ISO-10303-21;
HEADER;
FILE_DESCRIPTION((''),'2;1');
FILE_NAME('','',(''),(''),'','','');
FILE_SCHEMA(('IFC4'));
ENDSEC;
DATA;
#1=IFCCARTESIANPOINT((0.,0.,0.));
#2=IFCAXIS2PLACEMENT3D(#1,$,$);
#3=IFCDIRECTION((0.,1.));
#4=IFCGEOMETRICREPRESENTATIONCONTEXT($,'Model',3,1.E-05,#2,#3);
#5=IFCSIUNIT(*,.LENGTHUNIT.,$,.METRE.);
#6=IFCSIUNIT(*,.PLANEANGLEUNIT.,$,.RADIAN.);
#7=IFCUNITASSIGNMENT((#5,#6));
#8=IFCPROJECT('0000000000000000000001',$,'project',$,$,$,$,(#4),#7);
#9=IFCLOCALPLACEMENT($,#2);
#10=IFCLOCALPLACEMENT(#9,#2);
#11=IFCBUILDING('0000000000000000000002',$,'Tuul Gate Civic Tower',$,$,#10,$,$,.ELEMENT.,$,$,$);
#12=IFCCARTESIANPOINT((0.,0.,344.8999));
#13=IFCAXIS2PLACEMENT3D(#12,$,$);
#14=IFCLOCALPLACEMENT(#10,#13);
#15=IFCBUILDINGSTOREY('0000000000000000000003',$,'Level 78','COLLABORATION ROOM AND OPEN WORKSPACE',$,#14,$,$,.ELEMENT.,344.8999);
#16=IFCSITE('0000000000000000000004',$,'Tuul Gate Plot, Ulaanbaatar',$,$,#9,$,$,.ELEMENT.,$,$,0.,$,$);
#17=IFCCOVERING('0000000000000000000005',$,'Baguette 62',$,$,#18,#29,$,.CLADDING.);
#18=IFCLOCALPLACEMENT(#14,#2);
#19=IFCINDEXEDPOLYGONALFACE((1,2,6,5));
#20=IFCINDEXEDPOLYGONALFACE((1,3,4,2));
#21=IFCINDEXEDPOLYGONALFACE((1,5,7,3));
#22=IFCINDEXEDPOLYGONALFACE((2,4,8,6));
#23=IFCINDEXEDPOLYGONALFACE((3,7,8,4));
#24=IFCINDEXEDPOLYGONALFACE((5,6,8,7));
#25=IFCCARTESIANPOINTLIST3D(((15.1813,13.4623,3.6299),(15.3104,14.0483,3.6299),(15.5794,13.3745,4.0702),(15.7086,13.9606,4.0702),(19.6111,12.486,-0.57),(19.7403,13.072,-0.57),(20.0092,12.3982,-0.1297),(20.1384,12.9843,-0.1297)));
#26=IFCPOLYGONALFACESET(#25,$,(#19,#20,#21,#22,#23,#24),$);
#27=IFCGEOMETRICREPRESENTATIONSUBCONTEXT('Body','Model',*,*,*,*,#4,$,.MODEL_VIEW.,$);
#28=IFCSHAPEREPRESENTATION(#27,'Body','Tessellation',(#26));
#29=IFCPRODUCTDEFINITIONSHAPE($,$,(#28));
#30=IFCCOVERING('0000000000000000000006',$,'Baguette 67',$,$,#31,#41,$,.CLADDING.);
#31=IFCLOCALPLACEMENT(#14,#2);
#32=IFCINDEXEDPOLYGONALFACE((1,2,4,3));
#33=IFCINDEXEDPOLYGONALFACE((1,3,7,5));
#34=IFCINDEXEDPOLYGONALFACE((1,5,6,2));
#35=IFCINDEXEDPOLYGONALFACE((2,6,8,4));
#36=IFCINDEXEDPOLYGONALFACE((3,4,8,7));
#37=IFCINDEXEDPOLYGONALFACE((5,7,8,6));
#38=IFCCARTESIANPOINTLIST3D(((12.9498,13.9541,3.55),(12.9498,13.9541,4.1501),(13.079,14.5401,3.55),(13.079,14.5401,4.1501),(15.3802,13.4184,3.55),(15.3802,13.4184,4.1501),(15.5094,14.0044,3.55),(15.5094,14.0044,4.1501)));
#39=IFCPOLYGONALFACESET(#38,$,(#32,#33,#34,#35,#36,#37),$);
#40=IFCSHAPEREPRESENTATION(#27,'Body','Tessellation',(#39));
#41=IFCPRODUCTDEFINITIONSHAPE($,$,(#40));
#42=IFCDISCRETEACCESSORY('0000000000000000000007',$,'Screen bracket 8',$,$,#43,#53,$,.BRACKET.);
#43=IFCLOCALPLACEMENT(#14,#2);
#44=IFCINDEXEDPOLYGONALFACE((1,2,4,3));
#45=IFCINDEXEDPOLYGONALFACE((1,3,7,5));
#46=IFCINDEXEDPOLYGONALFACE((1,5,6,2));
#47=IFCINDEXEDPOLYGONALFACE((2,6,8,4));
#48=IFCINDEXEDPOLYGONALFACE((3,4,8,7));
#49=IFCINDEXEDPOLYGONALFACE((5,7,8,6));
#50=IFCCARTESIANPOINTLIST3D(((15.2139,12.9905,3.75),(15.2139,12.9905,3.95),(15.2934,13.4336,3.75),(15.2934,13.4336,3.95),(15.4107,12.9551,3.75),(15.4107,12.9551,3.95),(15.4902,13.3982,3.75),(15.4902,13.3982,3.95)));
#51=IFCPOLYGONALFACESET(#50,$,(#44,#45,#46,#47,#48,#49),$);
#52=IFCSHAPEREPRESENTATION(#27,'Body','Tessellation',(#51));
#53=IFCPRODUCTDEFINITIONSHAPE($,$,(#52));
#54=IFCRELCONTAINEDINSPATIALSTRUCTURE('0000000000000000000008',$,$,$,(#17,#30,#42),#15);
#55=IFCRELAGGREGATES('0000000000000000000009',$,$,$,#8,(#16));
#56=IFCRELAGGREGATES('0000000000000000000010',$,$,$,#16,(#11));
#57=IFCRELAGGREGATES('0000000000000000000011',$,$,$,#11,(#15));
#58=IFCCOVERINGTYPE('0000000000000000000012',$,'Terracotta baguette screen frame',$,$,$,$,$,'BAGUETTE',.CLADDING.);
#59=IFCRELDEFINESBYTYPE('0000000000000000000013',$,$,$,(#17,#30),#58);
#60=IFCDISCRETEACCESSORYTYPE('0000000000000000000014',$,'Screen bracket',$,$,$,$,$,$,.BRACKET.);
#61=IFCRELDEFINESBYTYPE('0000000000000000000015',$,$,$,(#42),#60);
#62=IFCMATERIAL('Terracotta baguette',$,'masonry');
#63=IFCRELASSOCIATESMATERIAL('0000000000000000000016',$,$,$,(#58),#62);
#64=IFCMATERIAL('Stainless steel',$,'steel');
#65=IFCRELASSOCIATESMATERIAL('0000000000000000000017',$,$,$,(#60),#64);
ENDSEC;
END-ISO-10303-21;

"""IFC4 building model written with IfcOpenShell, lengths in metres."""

from ifc_helpers import new_model, si_unit, direction, frame, origin, origin_2d, place, context, subcontext, project, spatial, rectangle, extrude, material, material_profile, profile_set, type_object, element, save


model = new_model("IFC4")

# Units and contexts
model_context = context("Model", 3, precision=1e-05, world=origin(), true_north=direction((0.0, 1.0)))
body_context = subcontext(model_context, "Body", "Model", "MODEL_VIEW")
ifc_project = project(units=[si_unit("LENGTHUNIT", "METRE"), si_unit("PLANEANGLEUNIT", "RADIAN")], contexts=[model_context])

# Site, building, storey
site_placement = place(None, origin())
site = spatial("IfcSite", under=ifc_project, at=site_placement, Name="Tuul Gate Plot, Ulaanbaatar", CompositionType="ELEMENT", RefElevation=0.0)
building_placement = place(site_placement, origin())
building = spatial("IfcBuilding", under=site, at=building_placement, Name="Tuul Gate Civic Tower", CompositionType="ELEMENT")
storey_placement = place(building_placement, frame((0.0, 0.0, 344.8999)))
storey = spatial("IfcBuildingStorey", under=building, at=storey_placement, Name="Level 78", Description="COLLABORATION ROOM AND OPEN WORKSPACE", CompositionType="ELEMENT", Elevation=344.8999)

# Coverings
ifc_material_1 = material(Name="Terracotta baguette", Category="masonry")
ifc_material_profile_1 = material_profile(ifc_material_1, rectangle(XDim=0.6001, YDim=0.6001, at=origin_2d()), Name="Terracotta baguette screen frame")
ifc_profile_set_1 = profile_set([ifc_material_profile_1], Name="Terracotta baguette")
covering_type = type_object("IfcCoveringType", Name="Terracotta baguette screen frame", ElementType="BAGUETTE", PredefinedType="CLADDING", material=ifc_profile_set_1)
covering_1_placement = place(storey_placement, frame((19.8748, 12.7351, -0.3499), z_axis=(-0.716586, 0.157929, 0.679384), x_axis=(-0.215226, -0.976564, 0.0)))
element("IfcCovering", 1, at=covering_1_placement, inside=storey, type_object=covering_type, Name="Baguette 62", PredefinedType="CLADDING", context=body_context, shape_type="SweptSolid", body=[
    extrude(rectangle(XDim=0.6001, YDim=0.6001, at=origin_2d()), origin(), (0.0, 0.0, 1.0), 6.1819),
])
covering_2_placement = place(storey_placement, frame((15.4448, 13.7114, 3.8501), z_axis=(-0.976564, 0.215227, 0.0), x_axis=(-0.215227, -0.976564, 0.0)))
element("IfcCovering", 2, at=covering_2_placement, inside=storey, type_object=covering_type, Name="Baguette 67", PredefinedType="CLADDING", context=body_context, shape_type="SweptSolid", body=[
    extrude(rectangle(XDim=0.6001, YDim=0.6001, at=origin_2d()), origin(), (0.0, 0.0, 1.0), 2.4888),
])

# Discrete accessory
ifc_material_2 = material(Name="Stainless steel", Category="steel")
discrete_accessory_type = type_object("IfcDiscreteAccessoryType", Name="Screen bracket", PredefinedType="BRACKET", material=ifc_material_2)
discrete_accessory_placement = place(storey_placement, frame((15.3521, 13.1943, 3.75), z_axis=(0.0, 0.0, 1.0), x_axis=(0.176796, 0.984247, 0.0)))
element("IfcDiscreteAccessory", 3, at=discrete_accessory_placement, inside=storey, type_object=discrete_accessory_type, Name="Screen bracket 8", PredefinedType="BRACKET", context=body_context, shape_type="SweptSolid", body=[
    extrude(rectangle(XDim=0.4502, YDim=0.2, at=origin_2d()), origin(), (0.0, 0.0, 1.0), 0.2),
])

save(model, "model.ifc")
